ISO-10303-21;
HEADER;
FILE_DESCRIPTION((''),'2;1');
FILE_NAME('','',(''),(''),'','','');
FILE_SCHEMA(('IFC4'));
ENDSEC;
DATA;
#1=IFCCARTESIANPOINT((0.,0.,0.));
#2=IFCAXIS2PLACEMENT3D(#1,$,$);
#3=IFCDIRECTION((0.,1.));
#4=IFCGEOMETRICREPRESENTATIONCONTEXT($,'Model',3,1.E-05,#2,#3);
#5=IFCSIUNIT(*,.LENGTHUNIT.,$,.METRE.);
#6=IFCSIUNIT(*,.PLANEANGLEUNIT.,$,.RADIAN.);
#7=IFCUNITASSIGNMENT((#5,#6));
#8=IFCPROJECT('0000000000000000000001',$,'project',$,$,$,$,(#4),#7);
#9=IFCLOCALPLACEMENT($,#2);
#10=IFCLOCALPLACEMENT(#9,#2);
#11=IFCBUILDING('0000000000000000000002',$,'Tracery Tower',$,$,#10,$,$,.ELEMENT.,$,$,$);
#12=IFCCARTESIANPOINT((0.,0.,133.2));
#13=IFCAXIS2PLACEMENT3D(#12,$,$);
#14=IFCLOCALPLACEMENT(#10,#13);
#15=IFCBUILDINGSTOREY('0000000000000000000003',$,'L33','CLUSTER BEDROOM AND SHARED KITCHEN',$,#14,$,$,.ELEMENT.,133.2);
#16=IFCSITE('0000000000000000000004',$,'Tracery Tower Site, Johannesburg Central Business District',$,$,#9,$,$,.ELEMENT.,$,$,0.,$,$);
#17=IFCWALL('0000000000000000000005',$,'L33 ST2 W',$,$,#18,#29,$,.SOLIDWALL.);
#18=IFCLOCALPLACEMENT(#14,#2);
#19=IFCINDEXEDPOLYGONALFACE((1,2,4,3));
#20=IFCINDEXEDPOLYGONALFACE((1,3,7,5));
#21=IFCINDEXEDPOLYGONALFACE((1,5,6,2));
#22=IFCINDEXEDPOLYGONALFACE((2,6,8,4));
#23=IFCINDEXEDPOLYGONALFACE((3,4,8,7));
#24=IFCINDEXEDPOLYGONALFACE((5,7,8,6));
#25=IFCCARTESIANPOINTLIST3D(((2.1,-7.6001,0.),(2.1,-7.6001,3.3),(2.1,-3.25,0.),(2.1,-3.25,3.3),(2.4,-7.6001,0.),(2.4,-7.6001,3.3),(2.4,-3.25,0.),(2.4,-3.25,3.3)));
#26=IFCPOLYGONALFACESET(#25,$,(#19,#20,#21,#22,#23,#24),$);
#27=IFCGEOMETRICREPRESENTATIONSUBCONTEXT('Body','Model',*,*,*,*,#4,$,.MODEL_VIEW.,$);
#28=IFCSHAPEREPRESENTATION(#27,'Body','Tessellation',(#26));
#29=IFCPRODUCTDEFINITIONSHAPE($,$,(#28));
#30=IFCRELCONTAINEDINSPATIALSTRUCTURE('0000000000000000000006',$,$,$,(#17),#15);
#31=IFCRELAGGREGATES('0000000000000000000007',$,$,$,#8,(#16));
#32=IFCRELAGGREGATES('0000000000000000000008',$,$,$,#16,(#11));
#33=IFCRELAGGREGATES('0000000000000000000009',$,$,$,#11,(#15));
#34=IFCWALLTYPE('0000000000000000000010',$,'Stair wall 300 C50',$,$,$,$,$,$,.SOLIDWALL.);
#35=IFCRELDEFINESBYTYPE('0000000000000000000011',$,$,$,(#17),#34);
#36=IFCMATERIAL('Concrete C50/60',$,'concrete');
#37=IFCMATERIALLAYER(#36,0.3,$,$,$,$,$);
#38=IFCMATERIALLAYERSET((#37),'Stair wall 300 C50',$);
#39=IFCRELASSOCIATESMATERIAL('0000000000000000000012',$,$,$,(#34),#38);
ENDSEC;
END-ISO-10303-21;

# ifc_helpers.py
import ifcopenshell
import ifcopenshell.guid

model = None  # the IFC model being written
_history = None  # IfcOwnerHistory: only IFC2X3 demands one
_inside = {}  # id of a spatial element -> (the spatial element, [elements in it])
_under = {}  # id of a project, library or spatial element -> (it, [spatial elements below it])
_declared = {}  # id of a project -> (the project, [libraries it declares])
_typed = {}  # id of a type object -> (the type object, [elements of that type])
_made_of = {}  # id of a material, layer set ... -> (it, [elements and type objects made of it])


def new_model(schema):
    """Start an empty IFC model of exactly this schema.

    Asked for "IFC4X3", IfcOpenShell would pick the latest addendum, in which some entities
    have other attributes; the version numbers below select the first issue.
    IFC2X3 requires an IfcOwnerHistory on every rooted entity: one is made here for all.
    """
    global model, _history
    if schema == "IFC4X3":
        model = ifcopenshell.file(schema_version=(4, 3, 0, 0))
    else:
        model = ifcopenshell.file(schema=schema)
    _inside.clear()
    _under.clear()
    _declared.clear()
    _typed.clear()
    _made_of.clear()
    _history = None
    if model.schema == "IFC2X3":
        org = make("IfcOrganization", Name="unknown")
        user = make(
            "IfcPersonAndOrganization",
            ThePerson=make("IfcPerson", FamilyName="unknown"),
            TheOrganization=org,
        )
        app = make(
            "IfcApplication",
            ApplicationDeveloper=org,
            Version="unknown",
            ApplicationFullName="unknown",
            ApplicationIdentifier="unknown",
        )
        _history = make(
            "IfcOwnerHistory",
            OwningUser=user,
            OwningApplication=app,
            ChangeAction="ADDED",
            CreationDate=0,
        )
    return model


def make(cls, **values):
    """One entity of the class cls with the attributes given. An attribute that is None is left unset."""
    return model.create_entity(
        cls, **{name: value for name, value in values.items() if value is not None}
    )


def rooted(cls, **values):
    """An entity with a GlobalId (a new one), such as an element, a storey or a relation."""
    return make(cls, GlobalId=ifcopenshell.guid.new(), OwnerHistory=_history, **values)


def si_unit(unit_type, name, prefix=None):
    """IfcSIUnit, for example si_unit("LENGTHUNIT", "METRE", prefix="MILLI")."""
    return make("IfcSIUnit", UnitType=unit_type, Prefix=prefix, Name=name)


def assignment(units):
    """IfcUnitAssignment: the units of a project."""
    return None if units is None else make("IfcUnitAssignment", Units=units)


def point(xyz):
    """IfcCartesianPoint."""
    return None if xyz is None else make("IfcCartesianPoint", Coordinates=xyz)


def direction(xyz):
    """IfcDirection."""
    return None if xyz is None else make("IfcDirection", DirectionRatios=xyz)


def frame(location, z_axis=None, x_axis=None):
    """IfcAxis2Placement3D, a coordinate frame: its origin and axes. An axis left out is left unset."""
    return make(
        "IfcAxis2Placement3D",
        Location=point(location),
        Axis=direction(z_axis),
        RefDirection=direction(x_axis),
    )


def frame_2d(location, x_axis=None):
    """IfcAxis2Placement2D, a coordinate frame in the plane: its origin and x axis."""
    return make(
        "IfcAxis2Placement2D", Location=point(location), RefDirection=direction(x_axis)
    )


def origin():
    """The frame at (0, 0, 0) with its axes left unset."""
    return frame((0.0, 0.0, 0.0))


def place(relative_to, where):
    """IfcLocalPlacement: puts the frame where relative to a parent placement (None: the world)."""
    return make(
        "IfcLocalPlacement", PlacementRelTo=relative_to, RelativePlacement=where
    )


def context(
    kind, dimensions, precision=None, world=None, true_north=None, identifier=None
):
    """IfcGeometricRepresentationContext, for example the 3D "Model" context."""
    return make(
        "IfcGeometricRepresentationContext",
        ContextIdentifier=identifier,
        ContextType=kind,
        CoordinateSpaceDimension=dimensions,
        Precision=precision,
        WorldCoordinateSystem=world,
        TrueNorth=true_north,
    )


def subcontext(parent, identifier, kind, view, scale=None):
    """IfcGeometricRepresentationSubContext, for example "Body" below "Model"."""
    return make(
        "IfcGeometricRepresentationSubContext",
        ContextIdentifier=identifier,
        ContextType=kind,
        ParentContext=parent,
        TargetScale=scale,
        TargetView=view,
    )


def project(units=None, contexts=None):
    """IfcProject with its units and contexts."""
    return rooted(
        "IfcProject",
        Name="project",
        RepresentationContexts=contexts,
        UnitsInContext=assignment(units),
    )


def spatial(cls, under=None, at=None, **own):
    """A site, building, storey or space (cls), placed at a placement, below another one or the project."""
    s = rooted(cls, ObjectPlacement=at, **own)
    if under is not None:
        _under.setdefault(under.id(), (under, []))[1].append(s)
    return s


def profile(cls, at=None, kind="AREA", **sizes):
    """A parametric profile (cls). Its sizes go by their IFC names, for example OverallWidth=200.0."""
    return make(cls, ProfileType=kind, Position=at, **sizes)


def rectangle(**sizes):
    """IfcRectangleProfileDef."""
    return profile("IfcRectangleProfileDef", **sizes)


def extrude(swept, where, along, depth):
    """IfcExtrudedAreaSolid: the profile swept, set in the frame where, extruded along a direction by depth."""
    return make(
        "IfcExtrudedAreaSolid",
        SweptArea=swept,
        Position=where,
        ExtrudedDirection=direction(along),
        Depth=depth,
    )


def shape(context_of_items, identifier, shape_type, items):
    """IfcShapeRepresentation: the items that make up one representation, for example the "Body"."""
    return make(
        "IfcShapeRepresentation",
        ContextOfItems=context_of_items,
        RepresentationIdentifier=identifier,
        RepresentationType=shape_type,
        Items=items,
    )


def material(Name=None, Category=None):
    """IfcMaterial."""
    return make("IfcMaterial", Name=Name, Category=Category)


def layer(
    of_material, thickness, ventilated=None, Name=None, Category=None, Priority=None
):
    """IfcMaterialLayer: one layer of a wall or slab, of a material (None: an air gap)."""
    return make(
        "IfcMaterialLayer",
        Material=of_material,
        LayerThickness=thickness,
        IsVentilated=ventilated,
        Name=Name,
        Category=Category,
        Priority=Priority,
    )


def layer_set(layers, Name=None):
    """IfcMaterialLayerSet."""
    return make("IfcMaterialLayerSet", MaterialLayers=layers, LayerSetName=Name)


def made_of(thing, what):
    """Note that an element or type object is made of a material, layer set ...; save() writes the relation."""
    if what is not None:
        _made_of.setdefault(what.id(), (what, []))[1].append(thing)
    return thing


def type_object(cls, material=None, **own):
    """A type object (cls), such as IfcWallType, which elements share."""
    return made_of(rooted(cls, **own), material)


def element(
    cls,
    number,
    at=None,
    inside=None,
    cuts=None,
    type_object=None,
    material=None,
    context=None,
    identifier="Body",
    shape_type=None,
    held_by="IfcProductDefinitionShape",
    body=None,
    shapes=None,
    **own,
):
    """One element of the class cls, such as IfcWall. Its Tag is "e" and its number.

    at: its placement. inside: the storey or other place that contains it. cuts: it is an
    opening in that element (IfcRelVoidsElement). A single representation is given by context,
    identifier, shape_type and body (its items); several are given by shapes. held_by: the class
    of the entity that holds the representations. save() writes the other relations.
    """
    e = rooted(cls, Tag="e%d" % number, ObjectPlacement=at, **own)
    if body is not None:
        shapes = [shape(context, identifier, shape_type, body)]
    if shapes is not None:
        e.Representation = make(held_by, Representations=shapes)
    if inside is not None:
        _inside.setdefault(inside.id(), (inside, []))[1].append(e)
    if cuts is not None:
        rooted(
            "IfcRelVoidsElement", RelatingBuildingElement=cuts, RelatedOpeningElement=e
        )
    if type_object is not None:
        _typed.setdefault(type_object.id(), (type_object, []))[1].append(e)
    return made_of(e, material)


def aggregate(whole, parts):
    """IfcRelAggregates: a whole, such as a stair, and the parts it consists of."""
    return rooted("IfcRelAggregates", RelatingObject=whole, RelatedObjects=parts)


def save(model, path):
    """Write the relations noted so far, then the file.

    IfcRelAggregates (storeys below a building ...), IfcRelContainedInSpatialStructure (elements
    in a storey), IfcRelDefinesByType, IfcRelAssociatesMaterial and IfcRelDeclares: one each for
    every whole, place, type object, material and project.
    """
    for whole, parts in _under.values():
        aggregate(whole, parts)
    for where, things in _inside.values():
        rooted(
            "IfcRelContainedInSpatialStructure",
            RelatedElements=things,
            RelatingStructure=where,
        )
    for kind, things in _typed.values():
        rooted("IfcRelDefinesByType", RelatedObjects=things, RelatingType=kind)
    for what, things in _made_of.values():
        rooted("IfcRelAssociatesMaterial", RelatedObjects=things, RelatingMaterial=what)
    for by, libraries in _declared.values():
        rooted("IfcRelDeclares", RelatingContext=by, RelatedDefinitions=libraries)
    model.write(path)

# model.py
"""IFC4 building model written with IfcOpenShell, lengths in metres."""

from ifc_helpers import new_model, si_unit, direction, frame, frame_2d, origin, place, context, subcontext, project, spatial, rectangle, extrude, material, layer, layer_set, type_object, element, save


model = new_model("IFC4")

# Units and contexts
model_context = context("Model", 3, precision=1e-05, world=origin(), true_north=direction((0.0, 1.0)))
body_context = subcontext(model_context, "Body", "Model", "MODEL_VIEW")
ifc_project = project(units=[si_unit("LENGTHUNIT", "METRE"), si_unit("PLANEANGLEUNIT", "RADIAN")], contexts=[model_context])

# Site, building, storey
site_placement = place(None, origin())
site = spatial("IfcSite", under=ifc_project, at=site_placement, Name="Tracery Tower Site, Johannesburg Central Business District", CompositionType="ELEMENT", RefElevation=0.0)
building_placement = place(site_placement, origin())
building = spatial("IfcBuilding", under=site, at=building_placement, Name="Tracery Tower", CompositionType="ELEMENT")
storey_placement = place(building_placement, frame((0.0, 0.0, 133.2)))
storey = spatial("IfcBuildingStorey", under=building, at=storey_placement, Name="L33", Description="CLUSTER BEDROOM AND SHARED KITCHEN", CompositionType="ELEMENT", Elevation=133.2)

# Wall
ifc_material_1 = material(Name="Concrete C50/60", Category="concrete")
ifc_layer_1 = layer(ifc_material_1, 0.3)
ifc_layer_set_1 = layer_set([ifc_layer_1], Name="Stair wall 300 C50")
wall_type_1 = type_object("IfcWallType", Name="Stair wall 300 C50", PredefinedType="SOLIDWALL", material=ifc_layer_set_1)
wall_1_placement = place(storey_placement, frame((2.25, -7.6001, 0.0), z_axis=(0.0, 0.0, 1.0), x_axis=(0.0, 1.0, 0.0)))
element("IfcWall", 1, at=wall_1_placement, inside=storey, type_object=wall_type_1, Name="L33 ST2 W", PredefinedType="SOLIDWALL", context=body_context, shape_type="SweptSolid", body=[
    extrude(rectangle(XDim=4.3501, YDim=0.3, at=frame_2d((2.175, 0.0))), origin(), (0.0, 0.0, 1.0), 3.3),
])

save(model, "model.ifc")
